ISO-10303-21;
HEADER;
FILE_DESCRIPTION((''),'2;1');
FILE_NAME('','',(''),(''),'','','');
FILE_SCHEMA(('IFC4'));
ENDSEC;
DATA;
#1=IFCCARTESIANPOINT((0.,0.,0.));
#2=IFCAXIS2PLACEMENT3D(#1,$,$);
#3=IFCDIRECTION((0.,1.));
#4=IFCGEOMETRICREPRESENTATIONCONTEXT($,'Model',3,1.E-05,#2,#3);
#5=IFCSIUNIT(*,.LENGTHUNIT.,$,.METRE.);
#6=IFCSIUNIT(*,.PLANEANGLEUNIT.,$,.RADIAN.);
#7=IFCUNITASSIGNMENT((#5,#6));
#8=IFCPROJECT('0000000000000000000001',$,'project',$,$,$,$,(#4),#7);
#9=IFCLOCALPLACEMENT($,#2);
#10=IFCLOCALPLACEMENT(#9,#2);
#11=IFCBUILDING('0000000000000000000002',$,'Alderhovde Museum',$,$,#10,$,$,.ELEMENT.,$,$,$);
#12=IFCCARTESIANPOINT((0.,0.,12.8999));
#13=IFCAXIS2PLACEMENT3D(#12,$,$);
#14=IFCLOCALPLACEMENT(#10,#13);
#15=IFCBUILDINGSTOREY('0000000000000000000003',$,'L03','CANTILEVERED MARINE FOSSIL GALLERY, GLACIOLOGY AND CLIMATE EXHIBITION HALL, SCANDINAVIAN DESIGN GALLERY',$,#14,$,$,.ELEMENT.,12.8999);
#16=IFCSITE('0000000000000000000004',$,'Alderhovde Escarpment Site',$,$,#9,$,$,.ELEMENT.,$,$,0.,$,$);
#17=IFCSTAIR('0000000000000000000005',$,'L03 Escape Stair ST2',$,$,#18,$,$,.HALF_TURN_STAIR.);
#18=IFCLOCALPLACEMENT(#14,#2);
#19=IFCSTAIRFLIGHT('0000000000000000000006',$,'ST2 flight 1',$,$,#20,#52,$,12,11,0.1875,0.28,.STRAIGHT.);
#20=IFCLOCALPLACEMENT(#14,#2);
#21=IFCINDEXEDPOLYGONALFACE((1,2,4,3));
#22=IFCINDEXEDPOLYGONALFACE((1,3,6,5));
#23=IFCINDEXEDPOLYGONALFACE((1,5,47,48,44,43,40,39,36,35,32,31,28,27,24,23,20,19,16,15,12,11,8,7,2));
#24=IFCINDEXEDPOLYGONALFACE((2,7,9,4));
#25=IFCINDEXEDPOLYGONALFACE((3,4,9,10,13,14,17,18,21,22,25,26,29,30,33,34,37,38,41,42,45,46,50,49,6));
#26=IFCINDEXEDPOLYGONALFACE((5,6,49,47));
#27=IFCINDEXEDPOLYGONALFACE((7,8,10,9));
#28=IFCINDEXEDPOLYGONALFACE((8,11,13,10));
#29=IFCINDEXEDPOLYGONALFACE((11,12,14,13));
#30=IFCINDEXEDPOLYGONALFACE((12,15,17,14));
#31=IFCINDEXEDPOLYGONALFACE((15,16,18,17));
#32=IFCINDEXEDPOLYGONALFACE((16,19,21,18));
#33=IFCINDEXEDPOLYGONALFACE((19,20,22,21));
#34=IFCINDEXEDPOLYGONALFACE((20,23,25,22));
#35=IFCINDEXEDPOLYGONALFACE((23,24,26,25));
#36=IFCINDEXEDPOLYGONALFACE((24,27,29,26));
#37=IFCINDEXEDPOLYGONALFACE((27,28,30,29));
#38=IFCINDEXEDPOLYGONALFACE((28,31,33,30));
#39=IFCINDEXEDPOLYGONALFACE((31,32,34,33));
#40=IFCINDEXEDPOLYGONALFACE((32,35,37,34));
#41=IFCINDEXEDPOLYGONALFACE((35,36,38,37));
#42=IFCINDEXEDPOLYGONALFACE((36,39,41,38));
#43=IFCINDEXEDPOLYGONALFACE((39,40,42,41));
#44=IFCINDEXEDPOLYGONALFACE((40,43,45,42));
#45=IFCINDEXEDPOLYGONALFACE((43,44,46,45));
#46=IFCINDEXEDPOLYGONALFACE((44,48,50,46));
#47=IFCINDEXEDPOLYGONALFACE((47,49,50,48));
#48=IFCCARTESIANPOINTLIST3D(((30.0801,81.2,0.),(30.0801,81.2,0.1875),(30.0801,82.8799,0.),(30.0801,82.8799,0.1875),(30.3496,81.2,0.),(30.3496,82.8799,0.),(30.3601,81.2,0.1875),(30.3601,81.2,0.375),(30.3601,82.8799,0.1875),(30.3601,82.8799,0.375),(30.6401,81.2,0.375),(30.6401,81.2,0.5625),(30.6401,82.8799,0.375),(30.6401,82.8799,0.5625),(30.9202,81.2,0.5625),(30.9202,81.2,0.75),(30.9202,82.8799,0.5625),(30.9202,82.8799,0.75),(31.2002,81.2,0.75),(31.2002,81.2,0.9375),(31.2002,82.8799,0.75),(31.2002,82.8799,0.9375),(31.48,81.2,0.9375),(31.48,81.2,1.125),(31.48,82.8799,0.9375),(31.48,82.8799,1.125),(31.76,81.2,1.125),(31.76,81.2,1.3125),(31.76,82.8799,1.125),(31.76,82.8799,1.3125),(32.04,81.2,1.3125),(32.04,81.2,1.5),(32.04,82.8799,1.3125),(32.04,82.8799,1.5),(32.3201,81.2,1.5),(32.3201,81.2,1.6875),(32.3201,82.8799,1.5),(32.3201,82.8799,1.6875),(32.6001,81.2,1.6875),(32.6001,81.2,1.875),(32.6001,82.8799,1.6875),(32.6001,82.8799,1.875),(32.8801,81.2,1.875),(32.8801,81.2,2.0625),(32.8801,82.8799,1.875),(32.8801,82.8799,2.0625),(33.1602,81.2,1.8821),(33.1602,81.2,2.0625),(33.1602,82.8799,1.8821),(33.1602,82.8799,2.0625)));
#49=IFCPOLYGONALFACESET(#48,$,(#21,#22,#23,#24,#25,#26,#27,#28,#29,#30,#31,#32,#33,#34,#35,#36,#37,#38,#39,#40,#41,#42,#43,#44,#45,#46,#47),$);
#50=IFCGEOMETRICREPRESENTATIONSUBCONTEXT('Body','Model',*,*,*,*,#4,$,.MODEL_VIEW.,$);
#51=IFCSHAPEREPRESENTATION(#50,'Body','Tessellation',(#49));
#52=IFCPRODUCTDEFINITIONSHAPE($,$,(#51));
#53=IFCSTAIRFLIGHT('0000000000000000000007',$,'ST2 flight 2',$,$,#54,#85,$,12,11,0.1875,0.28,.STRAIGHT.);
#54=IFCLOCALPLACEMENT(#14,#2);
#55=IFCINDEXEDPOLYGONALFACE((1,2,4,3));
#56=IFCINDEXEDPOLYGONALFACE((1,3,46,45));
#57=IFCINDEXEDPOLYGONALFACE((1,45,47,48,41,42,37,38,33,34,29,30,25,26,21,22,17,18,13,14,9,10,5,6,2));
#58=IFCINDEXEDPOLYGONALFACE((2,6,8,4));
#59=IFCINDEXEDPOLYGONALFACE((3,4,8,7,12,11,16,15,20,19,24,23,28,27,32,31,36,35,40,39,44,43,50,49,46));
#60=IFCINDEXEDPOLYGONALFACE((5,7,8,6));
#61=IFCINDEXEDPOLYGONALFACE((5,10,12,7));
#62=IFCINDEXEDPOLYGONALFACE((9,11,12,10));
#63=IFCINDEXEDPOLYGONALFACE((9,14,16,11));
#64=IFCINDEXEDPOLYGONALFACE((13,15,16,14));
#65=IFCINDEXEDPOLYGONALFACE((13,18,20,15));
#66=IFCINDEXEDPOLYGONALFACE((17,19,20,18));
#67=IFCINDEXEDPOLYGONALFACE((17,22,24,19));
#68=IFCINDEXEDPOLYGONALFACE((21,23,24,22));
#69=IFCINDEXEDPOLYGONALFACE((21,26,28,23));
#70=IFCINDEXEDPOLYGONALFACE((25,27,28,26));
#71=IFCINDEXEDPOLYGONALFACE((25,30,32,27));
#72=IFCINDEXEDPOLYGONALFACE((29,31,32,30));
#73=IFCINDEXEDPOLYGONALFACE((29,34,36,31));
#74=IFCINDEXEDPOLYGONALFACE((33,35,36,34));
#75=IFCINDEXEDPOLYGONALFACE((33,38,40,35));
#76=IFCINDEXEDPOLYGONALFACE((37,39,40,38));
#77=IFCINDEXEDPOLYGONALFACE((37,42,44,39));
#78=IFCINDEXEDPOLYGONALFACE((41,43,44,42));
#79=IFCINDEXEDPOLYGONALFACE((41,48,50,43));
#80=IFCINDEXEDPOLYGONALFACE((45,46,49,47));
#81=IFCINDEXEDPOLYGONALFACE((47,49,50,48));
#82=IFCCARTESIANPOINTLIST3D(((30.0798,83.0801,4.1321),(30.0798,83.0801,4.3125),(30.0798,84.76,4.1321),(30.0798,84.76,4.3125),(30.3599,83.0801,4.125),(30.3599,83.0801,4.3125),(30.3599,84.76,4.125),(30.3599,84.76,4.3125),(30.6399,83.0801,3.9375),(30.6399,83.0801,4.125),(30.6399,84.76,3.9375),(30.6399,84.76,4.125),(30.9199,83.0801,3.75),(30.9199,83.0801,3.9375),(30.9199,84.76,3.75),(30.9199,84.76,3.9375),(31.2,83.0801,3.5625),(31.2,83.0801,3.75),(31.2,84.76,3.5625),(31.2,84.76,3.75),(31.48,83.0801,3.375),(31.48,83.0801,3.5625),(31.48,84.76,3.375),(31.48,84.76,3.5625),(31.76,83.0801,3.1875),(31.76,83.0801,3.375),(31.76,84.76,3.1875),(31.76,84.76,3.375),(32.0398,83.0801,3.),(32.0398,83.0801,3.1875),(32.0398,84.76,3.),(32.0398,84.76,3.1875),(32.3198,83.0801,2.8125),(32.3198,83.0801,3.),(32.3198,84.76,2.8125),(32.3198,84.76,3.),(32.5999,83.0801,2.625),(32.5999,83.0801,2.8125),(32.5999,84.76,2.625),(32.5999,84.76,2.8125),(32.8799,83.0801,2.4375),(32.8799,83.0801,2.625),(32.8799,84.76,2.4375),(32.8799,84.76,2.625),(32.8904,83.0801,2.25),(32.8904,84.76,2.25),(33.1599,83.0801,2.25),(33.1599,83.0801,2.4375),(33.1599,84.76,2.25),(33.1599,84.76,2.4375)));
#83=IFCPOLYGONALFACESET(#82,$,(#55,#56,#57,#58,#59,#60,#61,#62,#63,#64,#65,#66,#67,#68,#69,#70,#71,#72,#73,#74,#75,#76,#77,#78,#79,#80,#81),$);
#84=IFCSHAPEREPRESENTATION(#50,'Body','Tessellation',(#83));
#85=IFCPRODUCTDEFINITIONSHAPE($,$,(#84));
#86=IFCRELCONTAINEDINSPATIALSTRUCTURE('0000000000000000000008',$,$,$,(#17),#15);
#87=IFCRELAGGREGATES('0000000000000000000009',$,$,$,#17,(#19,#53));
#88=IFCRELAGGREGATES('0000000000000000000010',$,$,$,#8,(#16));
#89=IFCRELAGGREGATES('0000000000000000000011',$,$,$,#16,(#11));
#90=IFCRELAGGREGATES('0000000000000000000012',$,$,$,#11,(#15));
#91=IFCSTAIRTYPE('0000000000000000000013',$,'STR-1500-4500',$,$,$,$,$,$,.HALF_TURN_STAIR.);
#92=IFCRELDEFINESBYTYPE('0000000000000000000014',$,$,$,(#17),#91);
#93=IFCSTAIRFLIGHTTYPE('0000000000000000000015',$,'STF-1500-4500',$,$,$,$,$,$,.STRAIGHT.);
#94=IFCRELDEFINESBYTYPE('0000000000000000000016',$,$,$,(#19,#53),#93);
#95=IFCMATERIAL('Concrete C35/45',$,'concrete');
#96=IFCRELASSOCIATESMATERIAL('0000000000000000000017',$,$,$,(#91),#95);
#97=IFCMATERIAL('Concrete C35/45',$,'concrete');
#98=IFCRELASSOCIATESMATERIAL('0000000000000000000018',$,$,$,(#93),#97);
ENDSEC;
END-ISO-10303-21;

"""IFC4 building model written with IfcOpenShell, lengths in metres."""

from ifc_helpers import new_model, si_unit, direction, frame, origin, place, context, subcontext, project, spatial, polyline, outline, extrude, material, type_object, element, aggregate, save


model = new_model("IFC4")

# Units and contexts
model_context = context("Model", 3, precision=1e-05, world=origin(), true_north=direction((0.0, 1.0)))
body_context = subcontext(model_context, "Body", "Model", "MODEL_VIEW")
ifc_project = project(units=[si_unit("LENGTHUNIT", "METRE"), si_unit("PLANEANGLEUNIT", "RADIAN")], contexts=[model_context])

# Site, building, storey
site_placement = place(None, origin())
site = spatial("IfcSite", under=ifc_project, at=site_placement, Name="Alderhovde Escarpment Site", CompositionType="ELEMENT", RefElevation=0.0)
building_placement = place(site_placement, origin())
building = spatial("IfcBuilding", under=site, at=building_placement, Name="Alderhovde Museum", CompositionType="ELEMENT")
storey_placement = place(building_placement, frame((0.0, 0.0, 12.8999)))
storey = spatial("IfcBuildingStorey", under=building, at=storey_placement, Name="L03", Description="CANTILEVERED MARINE FOSSIL GALLERY, GLACIOLOGY AND CLIMATE EXHIBITION HALL, SCANDINAVIAN DESIGN GALLERY", CompositionType="ELEMENT", Elevation=12.8999)

# Stair, stair flights
ifc_material_1 = material(Name="Concrete C35/45", Category="concrete")
stair_type = type_object("IfcStairType", Name="STR-1500-4500", PredefinedType="HALF_TURN_STAIR", material=ifc_material_1)
stair_placement = place(storey_placement, origin())
stair = element("IfcStair", 1, at=stair_placement, inside=storey, type_object=stair_type, Name="L03 Escape Stair ST2", PredefinedType="HALF_TURN_STAIR")
ifc_material_2 = material(Name="Concrete C35/45", Category="concrete")
stair_flight_type = type_object("IfcStairFlightType", Name="STF-1500-4500", PredefinedType="STRAIGHT", material=ifc_material_2)
stair_flight_1_placement = place(storey_placement, frame((30.0801, 82.04, 0.0), z_axis=(0.0, 0.0, 1.0), x_axis=(1.0, 0.0, 0.0)))
stair_flight_1 = element("IfcStairFlight", 2, at=stair_flight_1_placement, type_object=stair_flight_type, Name="ST2 flight 1", NumberOfRisers=12, NumberOfTreads=11, PredefinedType="STRAIGHT", RiserHeight=0.1875, TreadLength=0.28, context=body_context, shape_type="SweptSolid", body=[
    extrude(outline(polyline([(0.0, 0.0), (0.0, 0.1875), (0.28, 0.1875), (0.28, 0.375), (0.5601, 0.375), (0.5601, 0.5625), (0.8401, 0.5625), (0.8401, 0.75), (1.1201, 0.75), (1.1201, 0.9375), (1.3999, 0.9375), (1.3999, 1.125), (1.6799, 1.125), (1.6799, 1.3125), (1.96, 1.3125), (1.96, 1.5), (2.24, 1.5), (2.24, 1.6875), (2.52, 1.6875), (2.52, 1.875), (2.8, 1.875), (2.8, 2.0625), (3.0801, 2.0625), (3.0801, 2.25), (3.0801, 1.8821), (0.2695, 0.0), (0.0, 0.0)])), frame((0.0, 0.8398, 0.0), z_axis=(0.0, -1.0, 0.0), x_axis=(1.0, 0.0, 0.0)), (0.0, 0.0, 1.0), 1.6799),
])
stair_flight_2_placement = place(storey_placement, frame((33.1599, 83.9199, 2.25), z_axis=(0.0, 0.0, 1.0), x_axis=(-1.0, 0.0, 0.0)))
stair_flight_2 = element("IfcStairFlight", 3, at=stair_flight_2_placement, type_object=stair_flight_type, Name="ST2 flight 2", NumberOfRisers=12, NumberOfTreads=11, PredefinedType="STRAIGHT", RiserHeight=0.1875, TreadLength=0.28, context=body_context, shape_type="SweptSolid", body=[
    extrude(outline(polyline([(0.0, 0.0), (0.0, 0.1875), (0.28, 0.1875), (0.28, 0.375), (0.5601, 0.375), (0.5601, 0.5625), (0.8401, 0.5625), (0.8401, 0.75), (1.1201, 0.75), (1.1201, 0.9375), (1.3999, 0.9375), (1.3999, 1.125), (1.6799, 1.125), (1.6799, 1.3125), (1.96, 1.3125), (1.96, 1.5), (2.24, 1.5), (2.24, 1.6875), (2.52, 1.6875), (2.52, 1.875), (2.8, 1.875), (2.8, 2.0625), (3.0801, 2.0625), (3.0801, 2.25), (3.0801, 1.8821), (0.2695, 0.0), (0.0, 0.0)])), frame((0.0, 0.8398, 0.0), z_axis=(0.0, -1.0, 0.0), x_axis=(1.0, 0.0, 0.0)), (0.0, 0.0, 1.0), 1.6799),
])
aggregate(stair, [stair_flight_1, stair_flight_2])

save(model, "model.ifc")
